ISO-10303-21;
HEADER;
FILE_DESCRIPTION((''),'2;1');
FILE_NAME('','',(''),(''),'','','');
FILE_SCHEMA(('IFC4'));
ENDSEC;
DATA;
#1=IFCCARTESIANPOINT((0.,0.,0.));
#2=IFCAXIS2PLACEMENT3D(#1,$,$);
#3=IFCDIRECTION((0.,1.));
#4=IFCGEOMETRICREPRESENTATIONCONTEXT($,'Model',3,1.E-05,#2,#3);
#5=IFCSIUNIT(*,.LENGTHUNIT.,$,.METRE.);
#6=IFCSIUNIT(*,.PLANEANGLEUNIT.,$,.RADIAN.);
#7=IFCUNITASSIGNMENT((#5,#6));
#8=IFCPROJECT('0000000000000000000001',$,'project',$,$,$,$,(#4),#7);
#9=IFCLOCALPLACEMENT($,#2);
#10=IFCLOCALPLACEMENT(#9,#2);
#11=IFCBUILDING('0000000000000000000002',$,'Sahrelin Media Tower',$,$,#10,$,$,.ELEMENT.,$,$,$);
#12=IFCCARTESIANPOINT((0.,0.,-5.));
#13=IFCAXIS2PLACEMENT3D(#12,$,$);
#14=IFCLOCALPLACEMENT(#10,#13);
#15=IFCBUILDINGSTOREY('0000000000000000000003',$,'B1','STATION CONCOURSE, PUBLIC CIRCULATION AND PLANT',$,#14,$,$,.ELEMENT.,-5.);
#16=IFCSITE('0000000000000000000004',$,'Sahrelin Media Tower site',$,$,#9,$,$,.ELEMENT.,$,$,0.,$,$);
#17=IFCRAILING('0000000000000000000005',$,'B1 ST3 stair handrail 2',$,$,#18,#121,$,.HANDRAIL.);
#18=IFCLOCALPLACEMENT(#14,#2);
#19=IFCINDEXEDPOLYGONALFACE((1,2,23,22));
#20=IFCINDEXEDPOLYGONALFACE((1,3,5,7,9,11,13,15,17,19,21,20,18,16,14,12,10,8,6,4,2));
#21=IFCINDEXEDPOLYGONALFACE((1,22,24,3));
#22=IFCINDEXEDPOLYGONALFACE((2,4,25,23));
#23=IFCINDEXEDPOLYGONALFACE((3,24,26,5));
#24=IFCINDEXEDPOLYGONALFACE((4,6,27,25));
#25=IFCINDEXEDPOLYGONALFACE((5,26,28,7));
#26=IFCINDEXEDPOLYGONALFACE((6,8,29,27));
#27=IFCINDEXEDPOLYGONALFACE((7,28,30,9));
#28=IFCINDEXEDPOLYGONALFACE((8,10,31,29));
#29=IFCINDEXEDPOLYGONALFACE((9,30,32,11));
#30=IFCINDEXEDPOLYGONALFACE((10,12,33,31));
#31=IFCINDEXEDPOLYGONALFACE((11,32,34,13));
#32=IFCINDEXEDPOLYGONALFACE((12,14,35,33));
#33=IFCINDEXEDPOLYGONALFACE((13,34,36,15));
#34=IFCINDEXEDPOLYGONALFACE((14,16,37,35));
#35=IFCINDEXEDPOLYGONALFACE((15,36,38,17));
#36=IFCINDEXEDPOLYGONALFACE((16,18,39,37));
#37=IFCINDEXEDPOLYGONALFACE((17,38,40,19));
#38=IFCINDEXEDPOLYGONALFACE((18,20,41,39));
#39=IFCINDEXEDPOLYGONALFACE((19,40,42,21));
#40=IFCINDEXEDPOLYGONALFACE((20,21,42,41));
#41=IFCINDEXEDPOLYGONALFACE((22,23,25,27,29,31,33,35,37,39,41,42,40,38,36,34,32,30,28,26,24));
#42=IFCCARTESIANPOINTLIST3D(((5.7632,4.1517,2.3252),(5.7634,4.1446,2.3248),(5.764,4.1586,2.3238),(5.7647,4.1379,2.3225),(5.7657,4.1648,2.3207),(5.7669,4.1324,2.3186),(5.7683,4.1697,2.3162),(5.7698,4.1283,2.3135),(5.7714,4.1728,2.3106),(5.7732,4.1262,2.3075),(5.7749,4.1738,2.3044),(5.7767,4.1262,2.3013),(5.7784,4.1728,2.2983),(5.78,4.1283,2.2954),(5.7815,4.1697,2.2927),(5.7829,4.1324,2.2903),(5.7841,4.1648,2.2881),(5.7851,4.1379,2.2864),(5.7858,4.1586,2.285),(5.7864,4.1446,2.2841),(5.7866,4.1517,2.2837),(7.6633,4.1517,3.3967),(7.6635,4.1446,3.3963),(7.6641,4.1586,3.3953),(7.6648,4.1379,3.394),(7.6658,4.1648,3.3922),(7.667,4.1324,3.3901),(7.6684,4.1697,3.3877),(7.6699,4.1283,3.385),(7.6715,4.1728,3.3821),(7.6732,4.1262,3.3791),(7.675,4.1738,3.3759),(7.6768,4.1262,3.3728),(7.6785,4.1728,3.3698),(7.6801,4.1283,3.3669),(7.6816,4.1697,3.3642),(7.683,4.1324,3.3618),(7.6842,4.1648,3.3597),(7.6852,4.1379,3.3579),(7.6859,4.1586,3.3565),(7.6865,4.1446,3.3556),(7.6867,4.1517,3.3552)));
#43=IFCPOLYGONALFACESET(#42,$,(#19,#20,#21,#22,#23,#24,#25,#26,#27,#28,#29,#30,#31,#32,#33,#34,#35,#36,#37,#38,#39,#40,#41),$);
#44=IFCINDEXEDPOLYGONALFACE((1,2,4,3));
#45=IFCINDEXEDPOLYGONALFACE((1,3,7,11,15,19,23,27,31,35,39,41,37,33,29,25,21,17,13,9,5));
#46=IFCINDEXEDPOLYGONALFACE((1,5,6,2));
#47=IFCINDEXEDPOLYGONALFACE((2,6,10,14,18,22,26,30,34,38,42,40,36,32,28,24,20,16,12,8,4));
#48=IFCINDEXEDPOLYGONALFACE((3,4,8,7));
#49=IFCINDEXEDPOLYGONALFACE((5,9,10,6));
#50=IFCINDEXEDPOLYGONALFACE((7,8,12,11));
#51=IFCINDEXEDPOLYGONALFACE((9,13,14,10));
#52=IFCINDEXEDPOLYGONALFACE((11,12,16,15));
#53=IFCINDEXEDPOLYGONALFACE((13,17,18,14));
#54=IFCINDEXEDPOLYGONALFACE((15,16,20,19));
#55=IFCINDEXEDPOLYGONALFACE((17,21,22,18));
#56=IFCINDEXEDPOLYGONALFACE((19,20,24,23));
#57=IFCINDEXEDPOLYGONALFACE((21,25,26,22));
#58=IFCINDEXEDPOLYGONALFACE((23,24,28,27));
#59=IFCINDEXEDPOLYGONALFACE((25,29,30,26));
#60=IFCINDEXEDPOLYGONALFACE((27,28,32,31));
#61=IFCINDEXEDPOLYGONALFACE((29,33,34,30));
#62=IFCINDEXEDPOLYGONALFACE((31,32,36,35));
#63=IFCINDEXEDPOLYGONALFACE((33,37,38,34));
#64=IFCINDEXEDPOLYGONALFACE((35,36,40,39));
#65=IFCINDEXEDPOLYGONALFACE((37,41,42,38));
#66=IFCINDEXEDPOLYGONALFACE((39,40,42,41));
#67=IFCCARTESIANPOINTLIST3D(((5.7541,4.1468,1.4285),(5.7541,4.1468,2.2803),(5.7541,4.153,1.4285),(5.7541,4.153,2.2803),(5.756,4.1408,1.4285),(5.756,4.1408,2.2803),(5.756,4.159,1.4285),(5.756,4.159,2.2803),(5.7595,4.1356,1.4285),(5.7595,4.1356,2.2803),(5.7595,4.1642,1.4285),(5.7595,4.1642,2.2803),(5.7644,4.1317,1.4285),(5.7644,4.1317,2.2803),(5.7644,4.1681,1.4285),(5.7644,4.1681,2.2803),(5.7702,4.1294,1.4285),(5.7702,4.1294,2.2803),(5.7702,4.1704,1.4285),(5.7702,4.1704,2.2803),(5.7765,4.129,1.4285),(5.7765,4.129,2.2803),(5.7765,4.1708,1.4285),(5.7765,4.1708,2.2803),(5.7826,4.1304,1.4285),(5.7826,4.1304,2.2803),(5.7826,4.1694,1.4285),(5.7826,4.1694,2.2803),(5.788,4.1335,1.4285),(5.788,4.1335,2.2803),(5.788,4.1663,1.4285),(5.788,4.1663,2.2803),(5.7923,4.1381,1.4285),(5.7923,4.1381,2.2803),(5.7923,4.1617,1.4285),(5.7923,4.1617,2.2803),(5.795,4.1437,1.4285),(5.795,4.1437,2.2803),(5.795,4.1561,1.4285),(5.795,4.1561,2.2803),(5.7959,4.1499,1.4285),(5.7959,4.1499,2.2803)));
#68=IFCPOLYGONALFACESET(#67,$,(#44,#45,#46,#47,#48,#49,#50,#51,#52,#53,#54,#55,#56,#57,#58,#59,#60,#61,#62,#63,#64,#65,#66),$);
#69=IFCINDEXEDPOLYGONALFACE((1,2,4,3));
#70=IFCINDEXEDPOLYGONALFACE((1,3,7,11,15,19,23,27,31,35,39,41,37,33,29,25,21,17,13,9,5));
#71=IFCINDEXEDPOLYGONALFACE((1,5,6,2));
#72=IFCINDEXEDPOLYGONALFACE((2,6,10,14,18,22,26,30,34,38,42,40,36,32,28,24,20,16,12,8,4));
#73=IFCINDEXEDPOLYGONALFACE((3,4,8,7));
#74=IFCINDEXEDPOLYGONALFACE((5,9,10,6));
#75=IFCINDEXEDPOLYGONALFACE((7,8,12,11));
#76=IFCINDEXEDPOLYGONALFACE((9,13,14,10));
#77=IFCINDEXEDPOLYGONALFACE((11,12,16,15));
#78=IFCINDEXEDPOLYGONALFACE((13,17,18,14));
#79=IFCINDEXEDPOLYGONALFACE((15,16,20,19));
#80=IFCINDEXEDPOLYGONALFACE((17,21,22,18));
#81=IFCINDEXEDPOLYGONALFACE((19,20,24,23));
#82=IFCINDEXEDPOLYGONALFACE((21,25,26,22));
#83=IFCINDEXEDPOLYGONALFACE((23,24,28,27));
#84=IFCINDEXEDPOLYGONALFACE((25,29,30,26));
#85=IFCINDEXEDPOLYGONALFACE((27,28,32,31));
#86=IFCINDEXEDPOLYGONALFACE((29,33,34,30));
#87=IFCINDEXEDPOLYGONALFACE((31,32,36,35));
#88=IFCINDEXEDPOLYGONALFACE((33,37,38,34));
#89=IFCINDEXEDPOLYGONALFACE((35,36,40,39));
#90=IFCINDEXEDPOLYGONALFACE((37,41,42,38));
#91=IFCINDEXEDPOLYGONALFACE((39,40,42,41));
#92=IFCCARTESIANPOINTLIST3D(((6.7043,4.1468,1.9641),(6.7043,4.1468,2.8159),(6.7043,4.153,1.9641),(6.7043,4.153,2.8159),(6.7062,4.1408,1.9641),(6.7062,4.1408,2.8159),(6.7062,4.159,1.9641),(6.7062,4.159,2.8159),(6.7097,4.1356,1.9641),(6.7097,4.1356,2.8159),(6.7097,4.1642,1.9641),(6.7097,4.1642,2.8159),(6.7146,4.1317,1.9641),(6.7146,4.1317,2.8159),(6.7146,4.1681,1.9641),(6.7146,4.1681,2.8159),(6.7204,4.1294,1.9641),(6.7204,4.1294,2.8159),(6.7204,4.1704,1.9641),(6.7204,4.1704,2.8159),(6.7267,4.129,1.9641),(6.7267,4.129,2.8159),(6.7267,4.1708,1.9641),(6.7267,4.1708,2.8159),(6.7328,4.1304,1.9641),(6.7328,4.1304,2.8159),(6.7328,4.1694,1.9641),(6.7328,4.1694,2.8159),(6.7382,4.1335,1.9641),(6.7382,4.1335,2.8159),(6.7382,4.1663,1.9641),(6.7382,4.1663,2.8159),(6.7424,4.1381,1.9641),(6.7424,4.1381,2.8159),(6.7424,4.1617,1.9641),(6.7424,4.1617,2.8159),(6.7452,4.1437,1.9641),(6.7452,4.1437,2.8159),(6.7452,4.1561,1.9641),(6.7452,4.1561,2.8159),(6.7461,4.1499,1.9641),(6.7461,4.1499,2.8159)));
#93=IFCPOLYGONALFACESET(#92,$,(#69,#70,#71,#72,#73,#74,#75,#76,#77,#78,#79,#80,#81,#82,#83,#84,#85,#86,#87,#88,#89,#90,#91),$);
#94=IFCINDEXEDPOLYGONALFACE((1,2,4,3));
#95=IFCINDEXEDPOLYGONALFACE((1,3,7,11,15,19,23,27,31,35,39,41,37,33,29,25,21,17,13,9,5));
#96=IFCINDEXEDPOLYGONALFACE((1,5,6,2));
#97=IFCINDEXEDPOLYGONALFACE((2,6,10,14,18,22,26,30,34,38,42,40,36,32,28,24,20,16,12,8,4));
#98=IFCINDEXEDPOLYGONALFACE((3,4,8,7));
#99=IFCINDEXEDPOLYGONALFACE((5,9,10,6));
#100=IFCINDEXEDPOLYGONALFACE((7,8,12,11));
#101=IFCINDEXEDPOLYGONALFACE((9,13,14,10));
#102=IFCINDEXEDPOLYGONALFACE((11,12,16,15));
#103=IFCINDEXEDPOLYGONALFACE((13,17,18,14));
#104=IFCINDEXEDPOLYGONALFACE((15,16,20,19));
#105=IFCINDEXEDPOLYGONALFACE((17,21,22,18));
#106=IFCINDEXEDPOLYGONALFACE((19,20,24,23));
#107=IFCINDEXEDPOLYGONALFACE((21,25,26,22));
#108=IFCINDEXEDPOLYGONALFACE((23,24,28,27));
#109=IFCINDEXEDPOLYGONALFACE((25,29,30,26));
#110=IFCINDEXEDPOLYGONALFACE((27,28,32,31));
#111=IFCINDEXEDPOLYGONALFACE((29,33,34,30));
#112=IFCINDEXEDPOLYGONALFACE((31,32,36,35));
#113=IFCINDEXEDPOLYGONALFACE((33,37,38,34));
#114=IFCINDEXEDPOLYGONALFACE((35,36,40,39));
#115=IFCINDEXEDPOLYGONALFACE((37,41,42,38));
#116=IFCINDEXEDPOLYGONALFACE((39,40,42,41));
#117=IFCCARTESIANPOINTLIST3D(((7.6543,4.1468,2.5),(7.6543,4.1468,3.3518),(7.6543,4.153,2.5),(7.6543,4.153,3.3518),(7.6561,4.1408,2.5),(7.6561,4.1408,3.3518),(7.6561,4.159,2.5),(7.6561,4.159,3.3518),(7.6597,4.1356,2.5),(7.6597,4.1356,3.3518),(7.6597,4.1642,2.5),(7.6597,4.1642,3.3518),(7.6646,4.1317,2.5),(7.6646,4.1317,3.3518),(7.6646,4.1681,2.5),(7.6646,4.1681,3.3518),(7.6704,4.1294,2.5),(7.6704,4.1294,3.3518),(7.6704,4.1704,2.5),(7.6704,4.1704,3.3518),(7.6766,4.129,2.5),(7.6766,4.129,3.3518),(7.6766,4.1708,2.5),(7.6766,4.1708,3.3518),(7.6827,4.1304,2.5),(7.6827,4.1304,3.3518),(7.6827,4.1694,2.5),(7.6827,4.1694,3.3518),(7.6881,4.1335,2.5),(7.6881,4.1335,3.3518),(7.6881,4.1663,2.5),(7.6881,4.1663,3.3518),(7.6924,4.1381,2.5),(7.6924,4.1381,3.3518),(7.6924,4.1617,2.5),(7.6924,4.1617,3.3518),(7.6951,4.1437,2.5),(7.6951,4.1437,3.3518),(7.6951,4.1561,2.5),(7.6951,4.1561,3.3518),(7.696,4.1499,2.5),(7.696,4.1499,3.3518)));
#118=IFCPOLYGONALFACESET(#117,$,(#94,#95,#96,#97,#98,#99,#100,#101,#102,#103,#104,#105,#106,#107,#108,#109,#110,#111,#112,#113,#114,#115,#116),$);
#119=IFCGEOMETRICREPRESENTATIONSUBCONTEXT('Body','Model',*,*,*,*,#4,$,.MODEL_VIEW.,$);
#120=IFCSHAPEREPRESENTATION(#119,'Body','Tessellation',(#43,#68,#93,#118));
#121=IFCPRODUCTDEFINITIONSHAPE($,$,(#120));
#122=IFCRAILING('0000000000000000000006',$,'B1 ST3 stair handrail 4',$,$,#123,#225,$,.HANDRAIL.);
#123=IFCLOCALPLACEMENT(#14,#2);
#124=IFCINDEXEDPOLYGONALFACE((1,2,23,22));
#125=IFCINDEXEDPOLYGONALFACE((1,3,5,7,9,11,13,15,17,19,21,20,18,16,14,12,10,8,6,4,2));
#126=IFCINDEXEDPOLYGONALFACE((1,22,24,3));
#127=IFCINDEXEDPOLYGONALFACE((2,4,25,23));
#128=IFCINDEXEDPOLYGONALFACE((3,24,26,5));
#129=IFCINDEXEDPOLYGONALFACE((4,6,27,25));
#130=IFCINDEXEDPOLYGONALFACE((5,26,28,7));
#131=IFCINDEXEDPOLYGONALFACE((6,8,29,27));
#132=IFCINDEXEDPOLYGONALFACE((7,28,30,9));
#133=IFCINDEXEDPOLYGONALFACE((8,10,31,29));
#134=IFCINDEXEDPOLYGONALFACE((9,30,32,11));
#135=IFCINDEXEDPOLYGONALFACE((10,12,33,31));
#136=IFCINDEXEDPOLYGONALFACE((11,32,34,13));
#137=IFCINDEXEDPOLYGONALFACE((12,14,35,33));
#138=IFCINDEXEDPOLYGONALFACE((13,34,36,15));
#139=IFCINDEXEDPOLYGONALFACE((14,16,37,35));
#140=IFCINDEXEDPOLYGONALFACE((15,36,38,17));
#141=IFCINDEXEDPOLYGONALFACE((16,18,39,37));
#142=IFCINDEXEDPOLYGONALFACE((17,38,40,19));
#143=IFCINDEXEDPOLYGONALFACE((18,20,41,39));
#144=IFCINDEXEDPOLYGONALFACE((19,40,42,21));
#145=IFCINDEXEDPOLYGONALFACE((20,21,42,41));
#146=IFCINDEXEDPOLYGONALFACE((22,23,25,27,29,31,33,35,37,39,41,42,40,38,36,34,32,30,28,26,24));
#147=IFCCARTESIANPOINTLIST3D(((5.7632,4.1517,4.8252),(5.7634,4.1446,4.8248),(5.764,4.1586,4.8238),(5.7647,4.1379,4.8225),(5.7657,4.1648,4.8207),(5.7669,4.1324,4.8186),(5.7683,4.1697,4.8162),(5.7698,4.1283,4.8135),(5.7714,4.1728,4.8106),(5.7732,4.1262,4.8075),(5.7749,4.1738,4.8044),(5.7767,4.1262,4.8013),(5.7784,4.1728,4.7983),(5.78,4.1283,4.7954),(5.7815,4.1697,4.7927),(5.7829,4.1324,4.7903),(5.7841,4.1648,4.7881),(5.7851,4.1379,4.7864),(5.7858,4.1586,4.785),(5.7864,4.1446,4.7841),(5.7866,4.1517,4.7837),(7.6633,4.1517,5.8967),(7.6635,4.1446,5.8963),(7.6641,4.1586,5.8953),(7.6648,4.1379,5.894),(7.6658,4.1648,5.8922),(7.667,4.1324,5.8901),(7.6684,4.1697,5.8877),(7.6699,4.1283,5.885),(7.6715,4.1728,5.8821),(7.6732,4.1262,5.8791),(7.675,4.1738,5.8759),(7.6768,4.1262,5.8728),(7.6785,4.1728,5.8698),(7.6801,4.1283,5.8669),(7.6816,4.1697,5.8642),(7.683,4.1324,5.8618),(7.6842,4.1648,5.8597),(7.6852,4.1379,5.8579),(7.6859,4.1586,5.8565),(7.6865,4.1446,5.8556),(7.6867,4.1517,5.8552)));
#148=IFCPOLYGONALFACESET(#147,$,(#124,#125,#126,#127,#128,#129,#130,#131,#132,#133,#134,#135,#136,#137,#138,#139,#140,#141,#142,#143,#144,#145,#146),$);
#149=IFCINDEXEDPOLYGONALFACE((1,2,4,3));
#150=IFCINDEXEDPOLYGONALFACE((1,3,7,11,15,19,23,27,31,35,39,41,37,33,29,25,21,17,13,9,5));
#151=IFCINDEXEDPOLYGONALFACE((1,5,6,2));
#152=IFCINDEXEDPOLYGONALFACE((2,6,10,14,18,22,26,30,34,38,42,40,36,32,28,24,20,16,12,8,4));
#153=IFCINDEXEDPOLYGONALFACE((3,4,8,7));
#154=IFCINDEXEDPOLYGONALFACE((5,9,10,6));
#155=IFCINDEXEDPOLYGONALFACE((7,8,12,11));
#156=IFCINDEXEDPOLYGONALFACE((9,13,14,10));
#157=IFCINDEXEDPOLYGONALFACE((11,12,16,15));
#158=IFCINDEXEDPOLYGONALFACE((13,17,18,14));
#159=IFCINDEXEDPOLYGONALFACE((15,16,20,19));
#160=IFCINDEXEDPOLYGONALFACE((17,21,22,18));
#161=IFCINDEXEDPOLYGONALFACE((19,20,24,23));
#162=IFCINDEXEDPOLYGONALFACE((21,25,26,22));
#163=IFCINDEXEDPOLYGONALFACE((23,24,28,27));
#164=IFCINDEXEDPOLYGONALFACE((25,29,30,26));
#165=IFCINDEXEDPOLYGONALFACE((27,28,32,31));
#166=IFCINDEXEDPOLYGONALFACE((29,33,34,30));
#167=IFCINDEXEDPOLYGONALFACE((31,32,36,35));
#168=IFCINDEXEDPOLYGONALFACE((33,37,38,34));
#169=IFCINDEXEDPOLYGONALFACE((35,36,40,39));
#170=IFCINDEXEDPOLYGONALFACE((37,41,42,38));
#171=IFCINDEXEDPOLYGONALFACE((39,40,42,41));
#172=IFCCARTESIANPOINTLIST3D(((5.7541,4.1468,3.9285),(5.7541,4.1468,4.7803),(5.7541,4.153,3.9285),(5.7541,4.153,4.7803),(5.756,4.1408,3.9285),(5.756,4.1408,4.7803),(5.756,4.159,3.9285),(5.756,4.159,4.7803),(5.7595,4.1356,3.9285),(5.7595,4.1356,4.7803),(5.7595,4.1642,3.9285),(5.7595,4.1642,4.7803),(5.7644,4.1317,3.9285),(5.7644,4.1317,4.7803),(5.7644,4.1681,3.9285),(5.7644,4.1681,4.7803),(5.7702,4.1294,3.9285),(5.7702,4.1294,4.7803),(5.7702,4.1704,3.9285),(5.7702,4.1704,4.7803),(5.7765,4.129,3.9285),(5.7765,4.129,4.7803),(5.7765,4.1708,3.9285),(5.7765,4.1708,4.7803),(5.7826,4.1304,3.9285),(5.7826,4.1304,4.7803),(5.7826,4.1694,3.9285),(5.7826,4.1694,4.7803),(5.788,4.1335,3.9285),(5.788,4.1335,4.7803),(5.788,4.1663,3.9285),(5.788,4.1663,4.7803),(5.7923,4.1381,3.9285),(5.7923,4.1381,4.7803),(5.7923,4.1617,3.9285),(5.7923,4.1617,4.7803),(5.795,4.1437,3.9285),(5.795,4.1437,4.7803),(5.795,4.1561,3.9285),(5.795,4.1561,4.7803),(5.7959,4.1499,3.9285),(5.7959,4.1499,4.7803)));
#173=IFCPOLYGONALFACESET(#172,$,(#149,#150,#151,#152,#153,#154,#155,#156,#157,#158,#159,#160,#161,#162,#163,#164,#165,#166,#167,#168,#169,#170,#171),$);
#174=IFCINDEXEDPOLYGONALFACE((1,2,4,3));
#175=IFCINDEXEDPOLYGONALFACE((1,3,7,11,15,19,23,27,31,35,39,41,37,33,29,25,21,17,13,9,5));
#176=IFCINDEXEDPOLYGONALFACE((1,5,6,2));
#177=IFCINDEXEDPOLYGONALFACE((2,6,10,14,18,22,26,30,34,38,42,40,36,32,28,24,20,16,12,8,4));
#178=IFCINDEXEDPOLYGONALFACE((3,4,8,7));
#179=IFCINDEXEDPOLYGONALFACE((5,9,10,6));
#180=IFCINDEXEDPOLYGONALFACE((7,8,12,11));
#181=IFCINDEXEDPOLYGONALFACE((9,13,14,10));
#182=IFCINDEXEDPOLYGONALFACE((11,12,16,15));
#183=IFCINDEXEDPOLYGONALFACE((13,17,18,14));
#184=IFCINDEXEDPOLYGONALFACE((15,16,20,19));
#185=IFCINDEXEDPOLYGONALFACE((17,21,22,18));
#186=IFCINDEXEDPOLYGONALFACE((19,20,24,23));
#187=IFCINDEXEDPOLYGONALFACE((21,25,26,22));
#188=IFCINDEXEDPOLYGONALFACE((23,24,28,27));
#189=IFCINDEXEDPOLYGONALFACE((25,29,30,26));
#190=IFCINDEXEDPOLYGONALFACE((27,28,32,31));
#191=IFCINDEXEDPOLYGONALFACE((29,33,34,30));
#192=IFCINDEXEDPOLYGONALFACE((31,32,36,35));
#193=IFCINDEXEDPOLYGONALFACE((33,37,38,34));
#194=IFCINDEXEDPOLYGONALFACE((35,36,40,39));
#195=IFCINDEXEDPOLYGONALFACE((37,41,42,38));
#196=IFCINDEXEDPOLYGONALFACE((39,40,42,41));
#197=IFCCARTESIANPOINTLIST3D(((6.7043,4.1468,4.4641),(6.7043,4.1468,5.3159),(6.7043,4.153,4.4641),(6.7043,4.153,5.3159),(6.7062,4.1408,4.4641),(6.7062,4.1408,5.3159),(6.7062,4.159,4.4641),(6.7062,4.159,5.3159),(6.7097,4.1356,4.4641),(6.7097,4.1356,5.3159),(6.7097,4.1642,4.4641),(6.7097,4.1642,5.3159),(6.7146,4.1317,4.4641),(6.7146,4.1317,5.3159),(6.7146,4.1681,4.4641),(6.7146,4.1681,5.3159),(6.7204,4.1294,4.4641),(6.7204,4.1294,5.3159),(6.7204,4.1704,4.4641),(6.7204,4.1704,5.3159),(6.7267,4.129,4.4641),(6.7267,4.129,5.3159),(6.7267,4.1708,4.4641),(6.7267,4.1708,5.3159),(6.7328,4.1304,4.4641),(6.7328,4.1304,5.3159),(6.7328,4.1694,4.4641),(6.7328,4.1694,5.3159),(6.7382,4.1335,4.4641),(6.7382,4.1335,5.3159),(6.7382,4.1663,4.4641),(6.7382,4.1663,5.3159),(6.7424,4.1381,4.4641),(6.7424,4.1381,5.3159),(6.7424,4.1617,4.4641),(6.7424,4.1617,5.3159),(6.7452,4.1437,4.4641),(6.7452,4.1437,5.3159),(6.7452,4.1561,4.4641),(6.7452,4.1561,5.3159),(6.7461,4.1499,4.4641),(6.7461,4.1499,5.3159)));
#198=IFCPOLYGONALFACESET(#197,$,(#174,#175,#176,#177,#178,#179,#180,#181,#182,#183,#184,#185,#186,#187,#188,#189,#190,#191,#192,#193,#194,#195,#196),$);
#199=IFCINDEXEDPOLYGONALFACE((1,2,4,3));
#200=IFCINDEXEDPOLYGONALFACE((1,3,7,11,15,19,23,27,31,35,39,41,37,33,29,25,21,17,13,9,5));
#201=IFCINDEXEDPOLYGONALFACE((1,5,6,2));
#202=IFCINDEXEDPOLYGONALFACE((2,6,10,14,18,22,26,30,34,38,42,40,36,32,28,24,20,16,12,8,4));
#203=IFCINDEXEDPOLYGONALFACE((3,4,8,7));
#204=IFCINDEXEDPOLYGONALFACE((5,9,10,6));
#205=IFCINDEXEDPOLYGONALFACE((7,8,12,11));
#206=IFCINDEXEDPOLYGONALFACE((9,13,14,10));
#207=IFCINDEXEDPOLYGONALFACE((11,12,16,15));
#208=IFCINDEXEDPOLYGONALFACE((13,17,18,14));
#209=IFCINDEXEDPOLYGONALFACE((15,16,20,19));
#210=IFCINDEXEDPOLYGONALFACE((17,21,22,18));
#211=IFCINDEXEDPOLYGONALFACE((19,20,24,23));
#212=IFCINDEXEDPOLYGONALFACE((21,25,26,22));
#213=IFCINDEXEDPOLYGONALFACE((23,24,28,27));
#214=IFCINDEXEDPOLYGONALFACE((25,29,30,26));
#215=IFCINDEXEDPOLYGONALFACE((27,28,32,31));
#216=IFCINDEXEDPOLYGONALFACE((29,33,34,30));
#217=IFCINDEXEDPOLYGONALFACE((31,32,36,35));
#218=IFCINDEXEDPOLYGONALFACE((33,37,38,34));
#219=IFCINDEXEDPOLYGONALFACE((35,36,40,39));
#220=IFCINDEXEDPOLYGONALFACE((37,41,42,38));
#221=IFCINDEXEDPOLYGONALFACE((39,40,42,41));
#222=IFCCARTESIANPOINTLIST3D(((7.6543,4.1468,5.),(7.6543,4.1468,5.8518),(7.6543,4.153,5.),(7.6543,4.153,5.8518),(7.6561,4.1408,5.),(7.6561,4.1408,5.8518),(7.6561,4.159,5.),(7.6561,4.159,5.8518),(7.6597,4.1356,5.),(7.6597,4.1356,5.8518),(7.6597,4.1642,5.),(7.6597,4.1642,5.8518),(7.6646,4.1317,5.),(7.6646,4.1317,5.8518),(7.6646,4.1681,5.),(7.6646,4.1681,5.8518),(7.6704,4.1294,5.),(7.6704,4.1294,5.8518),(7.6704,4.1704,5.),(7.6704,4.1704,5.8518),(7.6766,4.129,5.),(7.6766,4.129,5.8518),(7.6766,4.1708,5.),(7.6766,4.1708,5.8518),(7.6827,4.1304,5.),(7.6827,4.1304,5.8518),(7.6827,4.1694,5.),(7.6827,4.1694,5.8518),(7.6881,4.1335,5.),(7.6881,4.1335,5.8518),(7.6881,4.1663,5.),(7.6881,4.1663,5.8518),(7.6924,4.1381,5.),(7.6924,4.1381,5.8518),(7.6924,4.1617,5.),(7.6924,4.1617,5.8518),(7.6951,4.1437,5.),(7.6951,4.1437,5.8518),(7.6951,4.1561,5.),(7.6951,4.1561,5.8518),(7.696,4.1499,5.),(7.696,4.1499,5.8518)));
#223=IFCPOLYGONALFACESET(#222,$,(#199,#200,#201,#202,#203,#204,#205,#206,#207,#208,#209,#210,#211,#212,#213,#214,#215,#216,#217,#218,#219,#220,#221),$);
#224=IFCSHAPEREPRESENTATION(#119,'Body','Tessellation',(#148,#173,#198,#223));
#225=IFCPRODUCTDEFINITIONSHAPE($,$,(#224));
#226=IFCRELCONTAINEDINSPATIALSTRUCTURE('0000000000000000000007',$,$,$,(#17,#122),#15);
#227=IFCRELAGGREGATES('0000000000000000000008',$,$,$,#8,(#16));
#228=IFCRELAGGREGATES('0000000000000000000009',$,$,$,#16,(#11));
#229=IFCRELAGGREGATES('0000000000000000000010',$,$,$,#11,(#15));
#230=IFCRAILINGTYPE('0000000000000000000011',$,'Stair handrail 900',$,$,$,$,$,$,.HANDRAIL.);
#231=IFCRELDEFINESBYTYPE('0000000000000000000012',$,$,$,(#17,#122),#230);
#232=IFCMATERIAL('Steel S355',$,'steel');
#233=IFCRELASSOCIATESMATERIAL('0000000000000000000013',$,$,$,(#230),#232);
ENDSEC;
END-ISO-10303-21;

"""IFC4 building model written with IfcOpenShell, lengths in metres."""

from ifc_helpers import new_model, si_unit, direction, frame, origin, origin_2d, place, context, subcontext, project, spatial, circle, extrude, material, type_object, element, save


model = new_model("IFC4")

# Units and contexts
model_context = context("Model", 3, precision=1e-05, world=origin(), true_north=direction((0.0, 1.0)))
body_context = subcontext(model_context, "Body", "Model", "MODEL_VIEW")
ifc_project = project(units=[si_unit("LENGTHUNIT", "METRE"), si_unit("PLANEANGLEUNIT", "RADIAN")], contexts=[model_context])

# Site, building, storey
site_placement = place(None, origin())
site = spatial("IfcSite", under=ifc_project, at=site_placement, Name="Sahrelin Media Tower site", CompositionType="ELEMENT", RefElevation=0.0)
building_placement = place(site_placement, origin())
building = spatial("IfcBuilding", under=site, at=building_placement, Name="Sahrelin Media Tower", CompositionType="ELEMENT")
storey_placement = place(building_placement, frame((0.0, 0.0, -5.0)))
storey = spatial("IfcBuildingStorey", under=building, at=storey_placement, Name="B1", Description="STATION CONCOURSE, PUBLIC CIRCULATION AND PLANT", CompositionType="ELEMENT", Elevation=-5.0)

# Railings
ifc_material_1 = material(Name="Steel S355", Category="steel")
railing_type_1 = type_object("IfcRailingType", Name="Stair handrail 900", PredefinedType="HANDRAIL", material=ifc_material_1)
for number, where, name in (
    (1, (5.7749, 4.1499, 1.4285), "B1 ST3 stair handrail 2"),
    (2, (5.7749, 4.1499, 3.9285), "B1 ST3 stair handrail 4"),
):
    element("IfcRailing", number, at=place(storey_placement, frame(where)), inside=storey, type_object=railing_type_1, Name=name, PredefinedType="HANDRAIL", context=body_context, shape_type="SweptSolid", body=[
        extrude(circle(Radius=0.0239, at=origin_2d()), frame((0.0, 0.0, 0.876), z_axis=(0.871046, 0.0, 0.491201), x_axis=(0.0, 1.0, 0.0)), (0.0, 0.0, 1.0), 2.1814),
        extrude(circle(Radius=0.021, at=origin_2d()), origin(), (0.0, 0.0, 1.0), 0.8518),
        extrude(circle(Radius=0.021, at=origin_2d()), frame((0.9502, 0.0, 0.5356)), (0.0, 0.0, 1.0), 0.8518),
        extrude(circle(Radius=0.021, at=origin_2d()), frame((1.9001, 0.0, 1.0715)), (0.0, 0.0, 1.0), 0.8518),
    ])

save(model, "model.ifc")
